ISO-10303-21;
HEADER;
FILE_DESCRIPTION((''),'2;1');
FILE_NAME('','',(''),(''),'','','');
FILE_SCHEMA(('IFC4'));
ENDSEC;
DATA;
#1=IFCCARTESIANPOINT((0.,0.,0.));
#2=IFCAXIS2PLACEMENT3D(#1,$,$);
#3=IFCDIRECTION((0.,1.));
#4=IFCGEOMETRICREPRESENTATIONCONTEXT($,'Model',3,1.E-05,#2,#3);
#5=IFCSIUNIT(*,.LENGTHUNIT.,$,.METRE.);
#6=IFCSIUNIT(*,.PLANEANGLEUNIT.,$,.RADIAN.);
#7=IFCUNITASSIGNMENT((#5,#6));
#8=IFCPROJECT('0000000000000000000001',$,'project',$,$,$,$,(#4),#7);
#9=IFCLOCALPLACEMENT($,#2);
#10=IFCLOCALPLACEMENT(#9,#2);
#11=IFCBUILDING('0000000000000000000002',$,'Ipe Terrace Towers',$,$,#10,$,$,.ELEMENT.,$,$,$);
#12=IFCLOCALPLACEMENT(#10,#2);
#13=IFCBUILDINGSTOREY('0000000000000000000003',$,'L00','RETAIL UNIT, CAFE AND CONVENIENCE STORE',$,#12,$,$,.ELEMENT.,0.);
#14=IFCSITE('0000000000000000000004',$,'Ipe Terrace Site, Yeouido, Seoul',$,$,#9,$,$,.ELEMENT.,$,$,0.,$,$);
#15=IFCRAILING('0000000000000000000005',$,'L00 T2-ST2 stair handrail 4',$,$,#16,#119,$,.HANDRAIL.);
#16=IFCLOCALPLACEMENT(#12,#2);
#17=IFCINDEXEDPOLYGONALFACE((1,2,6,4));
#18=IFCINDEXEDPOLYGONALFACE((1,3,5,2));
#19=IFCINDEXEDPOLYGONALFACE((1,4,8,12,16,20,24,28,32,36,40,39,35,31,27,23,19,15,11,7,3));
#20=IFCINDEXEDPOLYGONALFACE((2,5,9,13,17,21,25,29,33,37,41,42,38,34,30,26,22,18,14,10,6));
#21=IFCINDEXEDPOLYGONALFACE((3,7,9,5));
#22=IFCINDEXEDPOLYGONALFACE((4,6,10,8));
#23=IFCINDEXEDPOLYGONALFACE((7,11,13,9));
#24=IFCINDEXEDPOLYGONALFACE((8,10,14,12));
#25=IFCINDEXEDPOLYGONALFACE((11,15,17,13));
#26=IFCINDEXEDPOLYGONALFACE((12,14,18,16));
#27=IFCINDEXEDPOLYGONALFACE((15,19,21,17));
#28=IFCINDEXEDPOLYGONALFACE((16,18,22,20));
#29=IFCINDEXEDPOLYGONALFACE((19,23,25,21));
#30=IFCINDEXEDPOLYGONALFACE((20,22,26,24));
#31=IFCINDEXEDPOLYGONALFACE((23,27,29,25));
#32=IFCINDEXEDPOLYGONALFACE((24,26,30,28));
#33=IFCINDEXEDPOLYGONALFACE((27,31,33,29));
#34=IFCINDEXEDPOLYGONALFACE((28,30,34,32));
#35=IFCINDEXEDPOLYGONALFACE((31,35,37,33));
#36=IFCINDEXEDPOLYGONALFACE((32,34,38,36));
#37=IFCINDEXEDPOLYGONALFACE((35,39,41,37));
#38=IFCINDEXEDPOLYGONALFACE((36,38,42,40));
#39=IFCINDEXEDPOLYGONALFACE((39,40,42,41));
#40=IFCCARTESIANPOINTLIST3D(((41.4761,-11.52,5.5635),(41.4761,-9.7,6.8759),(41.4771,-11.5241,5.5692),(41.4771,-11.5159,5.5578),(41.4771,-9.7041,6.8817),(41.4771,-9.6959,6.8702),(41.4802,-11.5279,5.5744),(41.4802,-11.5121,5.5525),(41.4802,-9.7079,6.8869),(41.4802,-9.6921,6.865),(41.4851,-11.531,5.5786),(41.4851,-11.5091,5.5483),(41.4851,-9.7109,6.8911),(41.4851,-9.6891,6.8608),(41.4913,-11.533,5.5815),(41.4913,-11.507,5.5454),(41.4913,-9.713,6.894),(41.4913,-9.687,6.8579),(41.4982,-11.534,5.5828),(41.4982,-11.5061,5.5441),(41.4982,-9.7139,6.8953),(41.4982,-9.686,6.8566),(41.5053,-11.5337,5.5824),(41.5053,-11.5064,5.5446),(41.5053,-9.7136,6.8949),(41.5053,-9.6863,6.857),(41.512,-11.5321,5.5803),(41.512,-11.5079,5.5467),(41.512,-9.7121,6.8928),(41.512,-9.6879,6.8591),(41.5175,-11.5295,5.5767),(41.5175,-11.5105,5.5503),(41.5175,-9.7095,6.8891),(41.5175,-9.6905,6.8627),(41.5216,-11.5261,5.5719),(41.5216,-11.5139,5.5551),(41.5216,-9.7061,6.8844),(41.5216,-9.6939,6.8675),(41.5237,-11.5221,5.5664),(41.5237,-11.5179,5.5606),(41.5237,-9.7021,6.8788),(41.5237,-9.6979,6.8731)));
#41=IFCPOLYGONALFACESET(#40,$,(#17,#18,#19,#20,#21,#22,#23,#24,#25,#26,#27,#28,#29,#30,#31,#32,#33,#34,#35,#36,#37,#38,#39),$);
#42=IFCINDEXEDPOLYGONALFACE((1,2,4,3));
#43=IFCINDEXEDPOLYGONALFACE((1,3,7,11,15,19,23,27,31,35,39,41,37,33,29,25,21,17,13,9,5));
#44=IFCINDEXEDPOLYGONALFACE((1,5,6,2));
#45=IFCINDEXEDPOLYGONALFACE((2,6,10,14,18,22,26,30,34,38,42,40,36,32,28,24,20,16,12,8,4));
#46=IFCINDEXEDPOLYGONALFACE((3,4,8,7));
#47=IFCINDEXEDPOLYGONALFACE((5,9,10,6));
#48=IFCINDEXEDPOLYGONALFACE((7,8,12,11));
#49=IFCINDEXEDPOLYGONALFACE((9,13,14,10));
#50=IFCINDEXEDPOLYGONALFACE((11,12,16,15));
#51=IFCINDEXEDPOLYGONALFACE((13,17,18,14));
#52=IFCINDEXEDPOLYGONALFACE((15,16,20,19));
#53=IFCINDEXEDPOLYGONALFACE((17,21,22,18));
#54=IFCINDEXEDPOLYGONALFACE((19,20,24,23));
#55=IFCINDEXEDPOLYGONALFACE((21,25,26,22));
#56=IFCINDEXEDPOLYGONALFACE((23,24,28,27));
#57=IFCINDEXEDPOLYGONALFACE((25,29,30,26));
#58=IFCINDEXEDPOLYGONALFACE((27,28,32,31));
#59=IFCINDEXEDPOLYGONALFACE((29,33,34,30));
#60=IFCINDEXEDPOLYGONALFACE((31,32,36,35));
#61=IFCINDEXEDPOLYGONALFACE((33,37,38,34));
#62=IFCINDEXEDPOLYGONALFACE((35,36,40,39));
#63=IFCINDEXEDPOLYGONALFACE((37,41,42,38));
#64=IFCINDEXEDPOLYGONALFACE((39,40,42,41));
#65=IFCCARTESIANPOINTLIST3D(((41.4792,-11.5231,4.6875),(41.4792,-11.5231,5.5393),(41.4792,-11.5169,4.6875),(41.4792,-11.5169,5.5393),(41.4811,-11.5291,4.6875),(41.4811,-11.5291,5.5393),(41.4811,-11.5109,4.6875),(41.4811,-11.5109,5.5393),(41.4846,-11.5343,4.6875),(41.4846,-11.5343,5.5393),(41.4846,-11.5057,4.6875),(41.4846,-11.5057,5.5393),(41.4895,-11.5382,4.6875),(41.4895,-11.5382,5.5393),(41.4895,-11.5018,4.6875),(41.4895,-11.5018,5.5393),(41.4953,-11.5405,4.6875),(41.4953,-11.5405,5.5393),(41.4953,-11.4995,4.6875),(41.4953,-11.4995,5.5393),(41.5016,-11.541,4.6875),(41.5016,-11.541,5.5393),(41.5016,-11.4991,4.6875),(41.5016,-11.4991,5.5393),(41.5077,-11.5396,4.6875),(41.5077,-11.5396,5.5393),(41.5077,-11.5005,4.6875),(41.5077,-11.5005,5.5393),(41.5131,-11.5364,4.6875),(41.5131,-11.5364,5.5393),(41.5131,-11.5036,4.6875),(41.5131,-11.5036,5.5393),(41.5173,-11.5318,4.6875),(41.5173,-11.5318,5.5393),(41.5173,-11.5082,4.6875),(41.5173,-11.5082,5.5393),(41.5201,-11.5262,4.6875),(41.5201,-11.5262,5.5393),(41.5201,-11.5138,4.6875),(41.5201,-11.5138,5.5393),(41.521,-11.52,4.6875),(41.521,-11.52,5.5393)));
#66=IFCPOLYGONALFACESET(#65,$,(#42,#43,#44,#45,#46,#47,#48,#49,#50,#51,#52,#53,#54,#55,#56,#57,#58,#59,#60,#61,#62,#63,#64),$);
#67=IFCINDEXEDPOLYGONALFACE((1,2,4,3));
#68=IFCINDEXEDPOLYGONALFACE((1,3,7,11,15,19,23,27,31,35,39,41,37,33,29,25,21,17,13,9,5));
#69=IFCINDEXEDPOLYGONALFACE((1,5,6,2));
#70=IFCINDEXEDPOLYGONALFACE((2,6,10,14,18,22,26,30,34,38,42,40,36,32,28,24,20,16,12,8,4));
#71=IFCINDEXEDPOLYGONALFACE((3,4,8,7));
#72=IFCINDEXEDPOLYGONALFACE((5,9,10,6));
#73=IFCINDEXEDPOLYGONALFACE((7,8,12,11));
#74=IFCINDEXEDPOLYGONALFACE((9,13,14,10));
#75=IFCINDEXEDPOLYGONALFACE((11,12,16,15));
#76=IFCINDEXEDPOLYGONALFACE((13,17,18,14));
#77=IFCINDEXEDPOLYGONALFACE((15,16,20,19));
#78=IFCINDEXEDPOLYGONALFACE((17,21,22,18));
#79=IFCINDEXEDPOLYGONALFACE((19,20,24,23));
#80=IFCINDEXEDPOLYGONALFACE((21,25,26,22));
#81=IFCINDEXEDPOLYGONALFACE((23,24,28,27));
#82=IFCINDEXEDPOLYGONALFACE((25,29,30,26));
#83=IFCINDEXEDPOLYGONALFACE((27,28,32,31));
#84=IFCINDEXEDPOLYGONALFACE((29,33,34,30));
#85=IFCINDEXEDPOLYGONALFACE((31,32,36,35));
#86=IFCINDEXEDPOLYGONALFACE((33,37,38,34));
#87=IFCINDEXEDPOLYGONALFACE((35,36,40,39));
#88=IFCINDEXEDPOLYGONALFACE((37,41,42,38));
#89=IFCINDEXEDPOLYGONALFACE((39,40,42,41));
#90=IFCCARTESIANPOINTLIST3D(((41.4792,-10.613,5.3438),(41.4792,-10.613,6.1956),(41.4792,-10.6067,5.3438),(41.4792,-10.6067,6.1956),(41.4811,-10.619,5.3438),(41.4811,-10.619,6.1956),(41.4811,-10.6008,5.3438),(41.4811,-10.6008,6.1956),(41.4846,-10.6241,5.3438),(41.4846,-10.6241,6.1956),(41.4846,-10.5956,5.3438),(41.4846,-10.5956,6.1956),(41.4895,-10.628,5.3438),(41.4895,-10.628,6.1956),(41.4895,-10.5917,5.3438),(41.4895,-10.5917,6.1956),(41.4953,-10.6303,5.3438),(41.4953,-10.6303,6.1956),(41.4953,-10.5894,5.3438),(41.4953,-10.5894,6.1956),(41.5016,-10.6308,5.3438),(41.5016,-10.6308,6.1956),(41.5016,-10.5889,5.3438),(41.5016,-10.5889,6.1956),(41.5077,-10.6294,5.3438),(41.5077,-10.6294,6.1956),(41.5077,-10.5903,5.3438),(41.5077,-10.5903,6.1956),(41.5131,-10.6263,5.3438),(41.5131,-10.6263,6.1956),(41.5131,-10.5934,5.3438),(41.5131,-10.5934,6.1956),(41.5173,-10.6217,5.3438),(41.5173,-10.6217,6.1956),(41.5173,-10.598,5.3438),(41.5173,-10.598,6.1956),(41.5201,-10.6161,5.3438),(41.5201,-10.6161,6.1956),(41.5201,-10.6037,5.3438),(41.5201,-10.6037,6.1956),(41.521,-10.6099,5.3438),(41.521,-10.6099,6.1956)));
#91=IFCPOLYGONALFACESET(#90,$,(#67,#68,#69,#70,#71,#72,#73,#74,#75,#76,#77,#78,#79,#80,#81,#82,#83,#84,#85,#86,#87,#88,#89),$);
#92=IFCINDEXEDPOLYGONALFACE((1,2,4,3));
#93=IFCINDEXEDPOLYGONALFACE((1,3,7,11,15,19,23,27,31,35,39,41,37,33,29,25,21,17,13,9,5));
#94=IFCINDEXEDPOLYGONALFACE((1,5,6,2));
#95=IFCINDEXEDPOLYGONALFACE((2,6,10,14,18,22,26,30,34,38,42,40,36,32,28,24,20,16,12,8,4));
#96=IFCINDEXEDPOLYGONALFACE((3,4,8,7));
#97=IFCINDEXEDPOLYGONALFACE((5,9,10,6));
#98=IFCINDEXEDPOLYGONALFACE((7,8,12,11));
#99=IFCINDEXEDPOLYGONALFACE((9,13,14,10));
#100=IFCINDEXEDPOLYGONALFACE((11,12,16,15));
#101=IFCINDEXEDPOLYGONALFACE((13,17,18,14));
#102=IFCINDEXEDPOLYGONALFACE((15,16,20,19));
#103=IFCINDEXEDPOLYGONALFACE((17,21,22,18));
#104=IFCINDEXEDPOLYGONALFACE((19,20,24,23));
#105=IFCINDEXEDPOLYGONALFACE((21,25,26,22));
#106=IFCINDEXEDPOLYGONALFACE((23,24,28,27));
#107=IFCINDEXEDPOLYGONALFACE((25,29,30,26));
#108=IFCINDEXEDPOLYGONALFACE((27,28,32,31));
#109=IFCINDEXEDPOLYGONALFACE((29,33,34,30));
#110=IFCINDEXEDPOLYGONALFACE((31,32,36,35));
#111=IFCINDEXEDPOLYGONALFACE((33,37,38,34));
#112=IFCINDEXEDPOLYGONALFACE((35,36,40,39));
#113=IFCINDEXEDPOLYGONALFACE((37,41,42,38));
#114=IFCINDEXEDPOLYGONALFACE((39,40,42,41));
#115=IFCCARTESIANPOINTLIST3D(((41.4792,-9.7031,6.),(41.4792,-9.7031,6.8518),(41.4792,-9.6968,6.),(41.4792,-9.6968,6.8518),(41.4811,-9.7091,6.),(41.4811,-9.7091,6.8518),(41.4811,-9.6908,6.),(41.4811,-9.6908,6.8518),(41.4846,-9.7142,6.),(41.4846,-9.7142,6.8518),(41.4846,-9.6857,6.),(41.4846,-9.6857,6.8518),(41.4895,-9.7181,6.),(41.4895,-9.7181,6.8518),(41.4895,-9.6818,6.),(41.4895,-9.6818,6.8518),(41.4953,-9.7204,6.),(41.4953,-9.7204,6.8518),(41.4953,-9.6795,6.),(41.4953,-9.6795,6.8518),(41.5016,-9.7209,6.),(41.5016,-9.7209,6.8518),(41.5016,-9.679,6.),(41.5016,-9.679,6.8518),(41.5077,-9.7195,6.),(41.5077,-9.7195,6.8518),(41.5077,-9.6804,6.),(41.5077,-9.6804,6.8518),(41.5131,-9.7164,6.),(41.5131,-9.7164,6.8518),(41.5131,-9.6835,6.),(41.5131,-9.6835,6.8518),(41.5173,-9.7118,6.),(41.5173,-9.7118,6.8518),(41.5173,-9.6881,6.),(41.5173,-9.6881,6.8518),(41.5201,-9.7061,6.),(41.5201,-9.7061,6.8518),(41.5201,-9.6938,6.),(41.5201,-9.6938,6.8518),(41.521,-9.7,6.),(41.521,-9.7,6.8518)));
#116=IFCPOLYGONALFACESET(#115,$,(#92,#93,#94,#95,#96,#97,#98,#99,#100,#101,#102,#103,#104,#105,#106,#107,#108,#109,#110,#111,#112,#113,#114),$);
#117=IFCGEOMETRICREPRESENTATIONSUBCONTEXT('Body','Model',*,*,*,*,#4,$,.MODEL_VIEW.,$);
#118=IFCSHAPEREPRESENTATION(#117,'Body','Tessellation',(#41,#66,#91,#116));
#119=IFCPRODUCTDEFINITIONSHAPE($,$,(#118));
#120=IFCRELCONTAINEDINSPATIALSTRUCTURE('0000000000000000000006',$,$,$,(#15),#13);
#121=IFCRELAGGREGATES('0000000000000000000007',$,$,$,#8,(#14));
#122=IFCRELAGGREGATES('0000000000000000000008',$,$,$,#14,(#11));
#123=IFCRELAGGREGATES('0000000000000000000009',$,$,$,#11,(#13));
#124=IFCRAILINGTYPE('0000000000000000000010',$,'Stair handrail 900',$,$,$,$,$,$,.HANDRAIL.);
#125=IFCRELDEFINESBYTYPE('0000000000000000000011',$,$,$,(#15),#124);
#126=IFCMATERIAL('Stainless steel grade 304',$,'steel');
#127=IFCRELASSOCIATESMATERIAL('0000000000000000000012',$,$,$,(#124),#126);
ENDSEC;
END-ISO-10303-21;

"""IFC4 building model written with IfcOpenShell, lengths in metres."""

from ifc_helpers import new_model, si_unit, direction, frame, origin, origin_2d, place, context, subcontext, project, spatial, circle, extrude, material, type_object, element, save


model = new_model("IFC4")

# Units and contexts
model_context = context("Model", 3, precision=1e-05, world=origin(), true_north=direction((0.0, 1.0)))
body_context = subcontext(model_context, "Body", "Model", "MODEL_VIEW")
ifc_project = project(units=[si_unit("LENGTHUNIT", "METRE"), si_unit("PLANEANGLEUNIT", "RADIAN")], contexts=[model_context])

# Site, building, storey
site_placement = place(None, origin())
site = spatial("IfcSite", under=ifc_project, at=site_placement, Name="Ipe Terrace Site, Yeouido, Seoul", CompositionType="ELEMENT", RefElevation=0.0)
building_placement = place(site_placement, origin())
building = spatial("IfcBuilding", under=site, at=building_placement, Name="Ipe Terrace Towers", CompositionType="ELEMENT")
storey_placement = place(building_placement, origin())
storey = spatial("IfcBuildingStorey", under=building, at=storey_placement, Name="L00", Description="RETAIL UNIT, CAFE AND CONVENIENCE STORE", CompositionType="ELEMENT", Elevation=0.0)

# Railing
ifc_material_1 = material(Name="Stainless steel grade 304", Category="steel")
railing_type_1 = type_object("IfcRailingType", Name="Stair handrail 900", PredefinedType="HANDRAIL", material=ifc_material_1)
railing_1_placement = place(storey_placement, frame((41.5, -11.52, 4.6875)))
element("IfcRailing", 1, at=railing_1_placement, inside=storey, type_object=railing_type_1, Name="L00 T2-ST2 stair handrail 4", PredefinedType="HANDRAIL", context=body_context, shape_type="SweptSolid", body=[
    extrude(circle(Radius=0.0239, at=origin_2d()), frame((0.0, 0.0, 0.876), z_axis=(0.0, 0.811101, 0.584906), x_axis=(-1.0, 0.0, 0.0)), (0.0, 0.0, 1.0), 2.2439),
    extrude(circle(Radius=0.021, at=origin_2d()), origin(), (0.0, 0.0, 1.0), 0.8518),
    extrude(circle(Radius=0.021, at=origin_2d()), frame((0.0, 0.9102, 0.6562)), (0.0, 0.0, 1.0), 0.8518),
    extrude(circle(Radius=0.021, at=origin_2d()), frame((0.0, 1.8201, 1.3125)), (0.0, 0.0, 1.0), 0.8518),
])

save(model, "model.ifc")
